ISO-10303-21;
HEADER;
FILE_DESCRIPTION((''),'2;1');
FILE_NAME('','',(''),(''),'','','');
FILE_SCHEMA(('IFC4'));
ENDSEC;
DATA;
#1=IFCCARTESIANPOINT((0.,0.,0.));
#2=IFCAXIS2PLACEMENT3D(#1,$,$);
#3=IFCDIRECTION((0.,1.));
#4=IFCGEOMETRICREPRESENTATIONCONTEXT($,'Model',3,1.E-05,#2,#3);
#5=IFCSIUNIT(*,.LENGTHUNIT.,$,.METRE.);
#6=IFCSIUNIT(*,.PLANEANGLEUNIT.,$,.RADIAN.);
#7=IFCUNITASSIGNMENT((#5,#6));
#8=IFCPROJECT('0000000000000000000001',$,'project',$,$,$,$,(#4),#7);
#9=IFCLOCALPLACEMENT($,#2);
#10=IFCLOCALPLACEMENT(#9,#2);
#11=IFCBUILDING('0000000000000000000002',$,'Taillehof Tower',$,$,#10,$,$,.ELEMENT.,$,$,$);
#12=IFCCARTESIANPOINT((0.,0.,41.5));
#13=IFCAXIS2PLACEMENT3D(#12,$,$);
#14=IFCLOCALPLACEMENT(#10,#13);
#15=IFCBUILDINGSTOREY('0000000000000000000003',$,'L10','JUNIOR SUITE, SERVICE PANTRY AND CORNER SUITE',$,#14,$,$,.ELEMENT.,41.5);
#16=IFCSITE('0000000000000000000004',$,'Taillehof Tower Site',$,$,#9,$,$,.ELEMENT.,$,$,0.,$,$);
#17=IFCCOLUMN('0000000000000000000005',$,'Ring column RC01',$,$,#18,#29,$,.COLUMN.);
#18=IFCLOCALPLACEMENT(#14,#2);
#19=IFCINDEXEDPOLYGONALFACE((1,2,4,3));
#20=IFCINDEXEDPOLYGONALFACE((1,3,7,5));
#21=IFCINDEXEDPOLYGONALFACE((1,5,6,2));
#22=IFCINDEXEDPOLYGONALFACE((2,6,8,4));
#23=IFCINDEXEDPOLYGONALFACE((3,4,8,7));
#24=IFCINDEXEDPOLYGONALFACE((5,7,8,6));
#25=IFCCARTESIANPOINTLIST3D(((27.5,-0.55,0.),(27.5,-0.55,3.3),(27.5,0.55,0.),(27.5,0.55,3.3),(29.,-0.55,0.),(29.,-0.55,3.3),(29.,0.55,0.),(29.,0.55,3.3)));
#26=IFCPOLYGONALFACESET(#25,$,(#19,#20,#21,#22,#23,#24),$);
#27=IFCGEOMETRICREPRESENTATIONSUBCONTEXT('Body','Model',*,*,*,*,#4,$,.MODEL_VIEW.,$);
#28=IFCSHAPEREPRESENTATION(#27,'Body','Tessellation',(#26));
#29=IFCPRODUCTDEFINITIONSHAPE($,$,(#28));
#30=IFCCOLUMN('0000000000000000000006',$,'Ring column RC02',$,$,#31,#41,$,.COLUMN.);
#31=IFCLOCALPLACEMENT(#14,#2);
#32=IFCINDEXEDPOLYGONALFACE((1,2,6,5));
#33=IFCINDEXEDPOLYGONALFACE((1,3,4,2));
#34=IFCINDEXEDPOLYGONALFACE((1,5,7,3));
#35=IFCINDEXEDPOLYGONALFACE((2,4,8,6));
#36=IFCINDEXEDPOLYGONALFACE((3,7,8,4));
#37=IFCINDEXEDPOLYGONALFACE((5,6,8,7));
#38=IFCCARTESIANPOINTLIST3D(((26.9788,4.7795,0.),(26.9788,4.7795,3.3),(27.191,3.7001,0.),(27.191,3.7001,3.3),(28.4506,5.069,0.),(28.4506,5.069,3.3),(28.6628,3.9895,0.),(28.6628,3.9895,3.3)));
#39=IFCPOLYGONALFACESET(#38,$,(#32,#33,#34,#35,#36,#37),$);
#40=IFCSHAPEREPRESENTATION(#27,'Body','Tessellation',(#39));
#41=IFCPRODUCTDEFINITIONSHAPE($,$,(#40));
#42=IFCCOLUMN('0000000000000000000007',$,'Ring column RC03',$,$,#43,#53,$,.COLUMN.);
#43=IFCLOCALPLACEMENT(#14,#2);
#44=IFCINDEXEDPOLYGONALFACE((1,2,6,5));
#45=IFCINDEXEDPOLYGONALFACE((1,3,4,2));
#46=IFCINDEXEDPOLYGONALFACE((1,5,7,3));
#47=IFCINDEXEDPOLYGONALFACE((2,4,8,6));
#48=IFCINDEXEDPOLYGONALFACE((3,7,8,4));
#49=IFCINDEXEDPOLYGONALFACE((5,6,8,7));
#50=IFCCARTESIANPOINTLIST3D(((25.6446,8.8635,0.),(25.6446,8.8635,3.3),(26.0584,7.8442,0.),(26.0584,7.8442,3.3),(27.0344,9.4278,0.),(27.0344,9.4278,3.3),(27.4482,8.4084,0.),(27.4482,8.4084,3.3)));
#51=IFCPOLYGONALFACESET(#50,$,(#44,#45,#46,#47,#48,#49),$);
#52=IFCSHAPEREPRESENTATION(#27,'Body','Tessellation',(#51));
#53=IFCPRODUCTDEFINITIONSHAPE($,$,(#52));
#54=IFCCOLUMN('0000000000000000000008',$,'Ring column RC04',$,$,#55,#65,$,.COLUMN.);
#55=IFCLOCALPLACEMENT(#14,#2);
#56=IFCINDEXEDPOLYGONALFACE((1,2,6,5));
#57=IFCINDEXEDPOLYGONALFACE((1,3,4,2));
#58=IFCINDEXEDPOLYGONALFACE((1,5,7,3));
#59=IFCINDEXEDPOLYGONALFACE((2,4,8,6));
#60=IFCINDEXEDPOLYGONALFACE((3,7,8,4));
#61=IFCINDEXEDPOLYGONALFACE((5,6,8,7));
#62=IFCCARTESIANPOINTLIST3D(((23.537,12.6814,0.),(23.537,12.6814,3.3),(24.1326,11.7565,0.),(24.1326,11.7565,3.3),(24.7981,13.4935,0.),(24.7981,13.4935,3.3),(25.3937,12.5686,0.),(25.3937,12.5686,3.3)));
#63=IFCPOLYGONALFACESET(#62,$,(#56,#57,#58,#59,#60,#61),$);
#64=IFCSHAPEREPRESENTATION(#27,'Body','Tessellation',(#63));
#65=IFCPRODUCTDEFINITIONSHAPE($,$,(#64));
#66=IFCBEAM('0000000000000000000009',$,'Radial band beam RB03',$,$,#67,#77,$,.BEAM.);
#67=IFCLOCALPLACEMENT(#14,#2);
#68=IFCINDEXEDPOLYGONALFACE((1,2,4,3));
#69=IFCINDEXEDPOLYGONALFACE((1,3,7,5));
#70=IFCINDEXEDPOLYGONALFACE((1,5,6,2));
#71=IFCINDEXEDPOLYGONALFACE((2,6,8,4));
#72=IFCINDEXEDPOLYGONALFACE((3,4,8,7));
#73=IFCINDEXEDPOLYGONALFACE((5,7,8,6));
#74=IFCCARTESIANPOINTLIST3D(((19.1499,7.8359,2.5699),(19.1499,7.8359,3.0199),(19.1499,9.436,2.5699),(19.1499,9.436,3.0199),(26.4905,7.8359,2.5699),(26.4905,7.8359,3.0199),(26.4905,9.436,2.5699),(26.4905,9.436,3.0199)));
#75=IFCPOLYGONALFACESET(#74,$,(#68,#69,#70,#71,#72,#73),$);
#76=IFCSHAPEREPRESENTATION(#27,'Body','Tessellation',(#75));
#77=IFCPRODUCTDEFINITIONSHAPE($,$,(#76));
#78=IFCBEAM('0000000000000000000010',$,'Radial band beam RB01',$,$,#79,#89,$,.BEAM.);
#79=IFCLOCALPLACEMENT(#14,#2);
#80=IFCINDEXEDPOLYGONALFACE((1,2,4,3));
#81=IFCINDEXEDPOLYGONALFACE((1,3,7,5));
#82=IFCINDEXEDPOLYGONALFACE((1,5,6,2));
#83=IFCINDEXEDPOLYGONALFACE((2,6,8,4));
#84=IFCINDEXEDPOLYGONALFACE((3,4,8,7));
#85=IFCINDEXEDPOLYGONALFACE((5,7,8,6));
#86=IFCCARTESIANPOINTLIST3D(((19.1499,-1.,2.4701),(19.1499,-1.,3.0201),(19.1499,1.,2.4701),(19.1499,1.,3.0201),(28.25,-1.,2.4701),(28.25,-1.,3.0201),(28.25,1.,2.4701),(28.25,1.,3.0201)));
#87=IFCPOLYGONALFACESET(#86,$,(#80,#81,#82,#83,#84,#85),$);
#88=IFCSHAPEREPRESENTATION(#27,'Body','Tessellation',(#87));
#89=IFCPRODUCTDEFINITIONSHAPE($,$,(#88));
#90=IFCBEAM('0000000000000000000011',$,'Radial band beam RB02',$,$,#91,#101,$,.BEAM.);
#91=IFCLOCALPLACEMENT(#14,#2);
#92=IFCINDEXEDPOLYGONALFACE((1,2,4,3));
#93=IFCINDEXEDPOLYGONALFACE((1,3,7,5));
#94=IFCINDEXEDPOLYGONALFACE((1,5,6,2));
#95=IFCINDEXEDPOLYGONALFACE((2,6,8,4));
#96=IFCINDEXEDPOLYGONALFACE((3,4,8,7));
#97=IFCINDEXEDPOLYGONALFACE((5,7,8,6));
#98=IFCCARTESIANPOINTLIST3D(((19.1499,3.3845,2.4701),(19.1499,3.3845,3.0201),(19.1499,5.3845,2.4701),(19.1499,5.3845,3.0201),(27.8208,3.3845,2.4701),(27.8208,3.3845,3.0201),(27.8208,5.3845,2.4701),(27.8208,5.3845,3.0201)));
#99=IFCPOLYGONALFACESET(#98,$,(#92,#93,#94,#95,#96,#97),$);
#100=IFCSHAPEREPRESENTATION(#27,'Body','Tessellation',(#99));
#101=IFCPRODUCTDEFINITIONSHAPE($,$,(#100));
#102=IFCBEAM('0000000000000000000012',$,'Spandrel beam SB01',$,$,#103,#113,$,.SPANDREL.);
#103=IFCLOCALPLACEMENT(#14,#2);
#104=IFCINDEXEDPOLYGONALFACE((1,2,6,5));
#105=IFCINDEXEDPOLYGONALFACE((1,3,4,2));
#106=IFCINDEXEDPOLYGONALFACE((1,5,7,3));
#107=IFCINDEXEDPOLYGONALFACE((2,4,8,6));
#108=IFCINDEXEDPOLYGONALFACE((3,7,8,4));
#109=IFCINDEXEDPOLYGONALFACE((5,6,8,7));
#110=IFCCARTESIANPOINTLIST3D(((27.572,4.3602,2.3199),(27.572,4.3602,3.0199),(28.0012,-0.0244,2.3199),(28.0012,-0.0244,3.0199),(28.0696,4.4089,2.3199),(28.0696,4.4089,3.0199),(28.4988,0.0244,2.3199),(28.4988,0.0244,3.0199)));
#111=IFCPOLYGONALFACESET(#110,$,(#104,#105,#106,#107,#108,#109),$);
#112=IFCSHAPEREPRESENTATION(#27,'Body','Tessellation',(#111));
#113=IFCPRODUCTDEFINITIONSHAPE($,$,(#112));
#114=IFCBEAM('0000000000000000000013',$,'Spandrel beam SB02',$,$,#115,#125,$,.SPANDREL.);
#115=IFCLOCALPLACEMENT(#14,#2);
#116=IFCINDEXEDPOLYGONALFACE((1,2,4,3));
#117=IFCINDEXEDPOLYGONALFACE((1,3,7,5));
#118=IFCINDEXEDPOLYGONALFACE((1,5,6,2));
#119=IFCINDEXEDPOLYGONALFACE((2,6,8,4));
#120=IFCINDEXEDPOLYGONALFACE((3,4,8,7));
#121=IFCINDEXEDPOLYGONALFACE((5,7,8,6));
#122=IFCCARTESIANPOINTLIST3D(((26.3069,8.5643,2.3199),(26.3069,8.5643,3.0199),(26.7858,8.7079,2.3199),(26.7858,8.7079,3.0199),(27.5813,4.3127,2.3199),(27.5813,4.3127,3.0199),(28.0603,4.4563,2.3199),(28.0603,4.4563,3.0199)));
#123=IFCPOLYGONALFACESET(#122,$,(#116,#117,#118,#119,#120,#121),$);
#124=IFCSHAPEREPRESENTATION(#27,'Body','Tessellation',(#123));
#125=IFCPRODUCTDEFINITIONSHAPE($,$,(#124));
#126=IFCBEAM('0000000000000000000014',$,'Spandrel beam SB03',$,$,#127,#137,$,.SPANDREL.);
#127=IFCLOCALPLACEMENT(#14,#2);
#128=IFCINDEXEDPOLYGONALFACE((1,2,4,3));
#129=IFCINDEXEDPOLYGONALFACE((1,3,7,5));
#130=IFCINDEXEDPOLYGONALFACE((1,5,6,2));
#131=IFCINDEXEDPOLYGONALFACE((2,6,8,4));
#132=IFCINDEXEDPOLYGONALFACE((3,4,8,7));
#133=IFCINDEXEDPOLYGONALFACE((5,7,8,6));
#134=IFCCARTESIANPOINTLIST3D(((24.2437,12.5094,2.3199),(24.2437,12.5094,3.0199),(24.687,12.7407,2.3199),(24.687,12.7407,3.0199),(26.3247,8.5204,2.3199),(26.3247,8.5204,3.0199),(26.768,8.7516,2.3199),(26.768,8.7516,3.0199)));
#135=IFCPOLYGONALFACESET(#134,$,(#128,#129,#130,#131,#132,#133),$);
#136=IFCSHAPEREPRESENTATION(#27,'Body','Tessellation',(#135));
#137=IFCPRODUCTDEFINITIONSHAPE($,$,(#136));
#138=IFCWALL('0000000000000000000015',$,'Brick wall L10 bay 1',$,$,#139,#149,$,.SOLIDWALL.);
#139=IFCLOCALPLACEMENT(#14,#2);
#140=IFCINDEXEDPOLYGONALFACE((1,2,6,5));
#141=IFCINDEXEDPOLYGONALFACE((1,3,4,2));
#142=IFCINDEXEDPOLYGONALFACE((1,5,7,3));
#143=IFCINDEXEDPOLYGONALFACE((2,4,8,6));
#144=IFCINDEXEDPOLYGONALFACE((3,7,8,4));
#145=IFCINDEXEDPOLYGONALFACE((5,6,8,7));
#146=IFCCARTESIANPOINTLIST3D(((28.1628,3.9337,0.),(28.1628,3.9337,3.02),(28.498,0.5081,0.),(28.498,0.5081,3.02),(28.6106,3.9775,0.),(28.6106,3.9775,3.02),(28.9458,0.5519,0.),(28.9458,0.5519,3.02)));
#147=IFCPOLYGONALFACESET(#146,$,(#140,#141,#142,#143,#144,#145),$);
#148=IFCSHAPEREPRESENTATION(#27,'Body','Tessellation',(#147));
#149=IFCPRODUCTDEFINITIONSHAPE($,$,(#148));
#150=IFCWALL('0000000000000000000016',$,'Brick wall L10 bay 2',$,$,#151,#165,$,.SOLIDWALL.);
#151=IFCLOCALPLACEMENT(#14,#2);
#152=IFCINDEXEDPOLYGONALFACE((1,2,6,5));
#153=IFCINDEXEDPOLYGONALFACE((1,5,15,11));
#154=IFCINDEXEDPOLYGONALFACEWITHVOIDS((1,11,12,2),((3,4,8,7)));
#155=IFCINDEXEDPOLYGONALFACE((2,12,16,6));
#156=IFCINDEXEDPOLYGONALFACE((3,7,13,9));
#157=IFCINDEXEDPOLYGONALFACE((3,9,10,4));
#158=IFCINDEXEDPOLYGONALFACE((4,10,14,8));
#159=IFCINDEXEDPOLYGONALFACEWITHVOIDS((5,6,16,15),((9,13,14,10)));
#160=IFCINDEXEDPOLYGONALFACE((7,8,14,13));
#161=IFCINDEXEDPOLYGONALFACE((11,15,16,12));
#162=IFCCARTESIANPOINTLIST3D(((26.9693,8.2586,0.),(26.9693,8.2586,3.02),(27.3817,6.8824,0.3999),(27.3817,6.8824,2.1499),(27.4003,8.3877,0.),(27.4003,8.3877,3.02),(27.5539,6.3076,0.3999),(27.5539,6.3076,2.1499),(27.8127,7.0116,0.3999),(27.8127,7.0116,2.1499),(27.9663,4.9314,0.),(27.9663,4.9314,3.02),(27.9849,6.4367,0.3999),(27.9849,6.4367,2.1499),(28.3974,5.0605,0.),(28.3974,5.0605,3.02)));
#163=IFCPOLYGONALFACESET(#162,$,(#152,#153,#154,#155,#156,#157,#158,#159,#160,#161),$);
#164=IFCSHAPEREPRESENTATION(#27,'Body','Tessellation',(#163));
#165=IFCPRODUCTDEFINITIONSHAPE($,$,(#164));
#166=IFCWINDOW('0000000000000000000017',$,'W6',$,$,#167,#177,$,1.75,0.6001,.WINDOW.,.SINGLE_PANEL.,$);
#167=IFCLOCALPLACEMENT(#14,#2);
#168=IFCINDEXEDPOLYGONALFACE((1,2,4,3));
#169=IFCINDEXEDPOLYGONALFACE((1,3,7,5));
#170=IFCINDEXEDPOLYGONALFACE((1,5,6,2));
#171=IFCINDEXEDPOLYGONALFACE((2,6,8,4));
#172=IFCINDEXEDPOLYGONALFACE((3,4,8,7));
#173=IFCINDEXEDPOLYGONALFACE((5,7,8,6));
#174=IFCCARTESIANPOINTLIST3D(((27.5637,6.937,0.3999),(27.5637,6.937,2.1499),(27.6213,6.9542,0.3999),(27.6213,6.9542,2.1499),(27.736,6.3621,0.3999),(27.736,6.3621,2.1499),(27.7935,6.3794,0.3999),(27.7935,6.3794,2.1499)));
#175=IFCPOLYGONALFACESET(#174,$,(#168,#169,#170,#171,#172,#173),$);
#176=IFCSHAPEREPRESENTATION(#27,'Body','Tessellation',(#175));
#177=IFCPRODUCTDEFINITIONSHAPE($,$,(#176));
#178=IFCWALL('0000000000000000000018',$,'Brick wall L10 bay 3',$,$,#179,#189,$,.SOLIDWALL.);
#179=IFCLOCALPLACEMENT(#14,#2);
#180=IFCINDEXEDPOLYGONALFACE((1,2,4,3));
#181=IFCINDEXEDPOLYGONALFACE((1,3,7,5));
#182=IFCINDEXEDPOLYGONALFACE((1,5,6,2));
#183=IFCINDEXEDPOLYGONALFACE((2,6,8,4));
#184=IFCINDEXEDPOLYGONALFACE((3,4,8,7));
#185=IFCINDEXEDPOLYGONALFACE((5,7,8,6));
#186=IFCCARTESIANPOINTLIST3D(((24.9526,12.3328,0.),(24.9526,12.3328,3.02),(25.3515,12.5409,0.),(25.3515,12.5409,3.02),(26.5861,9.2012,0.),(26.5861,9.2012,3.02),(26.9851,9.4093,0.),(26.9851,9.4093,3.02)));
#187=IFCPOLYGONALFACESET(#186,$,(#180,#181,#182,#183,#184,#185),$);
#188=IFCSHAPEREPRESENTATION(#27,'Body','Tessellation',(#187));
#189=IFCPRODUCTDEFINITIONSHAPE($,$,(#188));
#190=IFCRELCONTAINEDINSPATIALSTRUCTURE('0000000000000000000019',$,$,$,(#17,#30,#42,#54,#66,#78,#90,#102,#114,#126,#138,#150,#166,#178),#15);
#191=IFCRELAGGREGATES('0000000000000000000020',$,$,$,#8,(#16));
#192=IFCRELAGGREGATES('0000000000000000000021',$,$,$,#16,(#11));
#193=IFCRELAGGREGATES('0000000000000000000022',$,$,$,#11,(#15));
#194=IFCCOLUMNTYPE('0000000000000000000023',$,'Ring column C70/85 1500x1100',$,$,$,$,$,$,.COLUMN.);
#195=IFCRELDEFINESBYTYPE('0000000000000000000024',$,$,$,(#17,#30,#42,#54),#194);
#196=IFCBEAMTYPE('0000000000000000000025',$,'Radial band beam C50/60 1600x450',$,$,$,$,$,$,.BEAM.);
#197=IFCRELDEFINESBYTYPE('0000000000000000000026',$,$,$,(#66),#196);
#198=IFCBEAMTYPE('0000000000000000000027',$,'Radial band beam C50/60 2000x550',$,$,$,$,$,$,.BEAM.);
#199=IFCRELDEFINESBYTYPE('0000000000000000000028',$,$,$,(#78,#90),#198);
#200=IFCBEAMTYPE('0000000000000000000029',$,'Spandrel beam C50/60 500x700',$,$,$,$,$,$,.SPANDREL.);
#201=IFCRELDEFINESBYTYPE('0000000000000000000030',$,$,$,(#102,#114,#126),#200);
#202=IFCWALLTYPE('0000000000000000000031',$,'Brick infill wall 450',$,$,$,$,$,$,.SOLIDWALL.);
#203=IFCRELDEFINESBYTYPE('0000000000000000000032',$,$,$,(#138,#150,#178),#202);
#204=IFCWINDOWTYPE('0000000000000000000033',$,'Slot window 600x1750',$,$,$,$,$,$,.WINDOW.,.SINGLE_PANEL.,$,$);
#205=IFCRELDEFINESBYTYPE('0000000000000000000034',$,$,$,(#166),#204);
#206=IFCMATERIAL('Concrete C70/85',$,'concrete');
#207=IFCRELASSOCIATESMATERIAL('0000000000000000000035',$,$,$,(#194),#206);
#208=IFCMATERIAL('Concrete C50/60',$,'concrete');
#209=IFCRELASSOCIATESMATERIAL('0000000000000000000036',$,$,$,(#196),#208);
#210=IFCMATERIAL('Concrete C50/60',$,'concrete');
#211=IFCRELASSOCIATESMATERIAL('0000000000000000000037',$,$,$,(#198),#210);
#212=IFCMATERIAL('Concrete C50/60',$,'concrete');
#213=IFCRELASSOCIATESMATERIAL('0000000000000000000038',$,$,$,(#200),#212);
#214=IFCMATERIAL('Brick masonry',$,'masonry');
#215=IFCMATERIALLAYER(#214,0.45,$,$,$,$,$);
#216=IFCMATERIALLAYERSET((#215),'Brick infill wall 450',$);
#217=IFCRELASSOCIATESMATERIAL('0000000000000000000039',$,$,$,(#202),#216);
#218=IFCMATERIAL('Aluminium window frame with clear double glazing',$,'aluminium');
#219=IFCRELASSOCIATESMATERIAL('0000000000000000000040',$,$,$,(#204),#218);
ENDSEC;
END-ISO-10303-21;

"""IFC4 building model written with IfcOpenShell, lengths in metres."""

from ifc_helpers import new_model, si_unit, direction, frame, frame_2d, origin, origin_2d, place, context, subcontext, project, spatial, rectangle, extrude, material, layer, layer_set, material_profile, profile_set, type_object, element, fill, save


model = new_model("IFC4")

# Units and contexts
model_context = context("Model", 3, precision=1e-05, world=origin(), true_north=direction((0.0, 1.0)))
body_context = subcontext(model_context, "Body", "Model", "MODEL_VIEW")
ifc_project = project(units=[si_unit("LENGTHUNIT", "METRE"), si_unit("PLANEANGLEUNIT", "RADIAN")], contexts=[model_context])

# Site, building, storey
site_placement = place(None, origin())
site = spatial("IfcSite", under=ifc_project, at=site_placement, Name="Taillehof Tower Site", CompositionType="ELEMENT", RefElevation=0.0)
building_placement = place(site_placement, origin())
building = spatial("IfcBuilding", under=site, at=building_placement, Name="Taillehof Tower", CompositionType="ELEMENT")
storey_placement = place(building_placement, frame((0.0, 0.0, 41.5)))
storey = spatial("IfcBuildingStorey", under=building, at=storey_placement, Name="L10", Description="JUNIOR SUITE, SERVICE PANTRY AND CORNER SUITE", CompositionType="ELEMENT", Elevation=41.5)

# Columns
ifc_material_1 = material(Name="Concrete C70/85", Category="concrete")
ifc_material_profile_1 = material_profile(ifc_material_1, rectangle(XDim=1.5, YDim=1.1001, at=origin_2d()), Name="RC 1500x1100")
ifc_profile_set_1 = profile_set([ifc_material_profile_1], Name="Concrete C70/85")
column_type = type_object("IfcColumnType", Name="Ring column C70/85 1500x1100", PredefinedType="COLUMN", material=ifc_profile_set_1)
for number, where, z_axis, x_axis, name in (
    (1, (28.25, 0.0, 0.0), (0.0, 0.0, 1.0), (1.0, 0.0, 0.0), "Ring column RC01"),
    (2, (27.8208, 4.3845, 0.0), (0.0, 0.0, 1.0), (0.981204, 0.192976, 0.0), "Ring column RC02"),
    (3, (26.5464, 8.636, 0.0), (0.0, 0.0, 1.0), (0.926558, 0.376152, 0.0), "Ring column RC03"),
    (4, (24.4653, 12.625, 0.0), (0.0, 0.0, 1.0), (0.840754, 0.541418, 0.0), "Ring column RC04"),
):
    element("IfcColumn", number, at=place(storey_placement, frame(where, z_axis=z_axis, x_axis=x_axis)), inside=storey, type_object=column_type, Name=name, PredefinedType="COLUMN", context=body_context, shape_type="SweptSolid", body=[
        extrude(rectangle(XDim=1.5, YDim=1.1001, at=origin_2d()), origin(), (0.0, 0.0, 1.0), 3.3),
    ])

# Beams
ifc_material_2 = material(Name="Concrete C50/60", Category="concrete")
ifc_material_profile_2 = material_profile(ifc_material_2, rectangle(XDim=1.6001, YDim=0.45, at=origin_2d()), Name="RC 1600x450")
ifc_profile_set_2 = profile_set([ifc_material_profile_2], Name="Concrete C50/60")
beam_type_1 = type_object("IfcBeamType", Name="Radial band beam C50/60 1600x450", PredefinedType="BEAM", material=ifc_profile_set_2)
beam_1_placement = place(storey_placement, frame((26.4905, 8.636, 2.7949), z_axis=(-1.0, 0.0, 0.0), x_axis=(0.0, -1.0, 0.0)))
element("IfcBeam", 5, at=beam_1_placement, inside=storey, type_object=beam_type_1, Name="Radial band beam RB03", PredefinedType="BEAM", context=body_context, shape_type="SweptSolid", body=[
    extrude(rectangle(XDim=1.6001, YDim=0.45, at=origin_2d()), origin(), (0.0, 0.0, 1.0), 7.3406),
])
ifc_material_3 = material(Name="Concrete C50/60", Category="concrete")
ifc_material_profile_3 = material_profile(ifc_material_3, rectangle(XDim=2.0, YDim=0.55, at=origin_2d()), Name="RC 2000x550")
ifc_profile_set_3 = profile_set([ifc_material_profile_3], Name="Concrete C50/60")
beam_type_2 = type_object("IfcBeamType", Name="Radial band beam C50/60 2000x550", PredefinedType="BEAM", material=ifc_profile_set_3)
beam_2_placement = place(storey_placement, frame((28.25, 0.0, 2.7451), z_axis=(-1.0, 0.0, 0.0), x_axis=(0.0, -1.0, 0.0)))
element("IfcBeam", 6, at=beam_2_placement, inside=storey, type_object=beam_type_2, Name="Radial band beam RB01", PredefinedType="BEAM", context=body_context, shape_type="SweptSolid", body=[
    extrude(rectangle(XDim=2.0, YDim=0.55, at=origin_2d()), origin(), (0.0, 0.0, 1.0), 9.1001),
])
beam_3_placement = place(storey_placement, frame((27.8208, 4.3845, 2.7451), z_axis=(-1.0, 0.0, 0.0), x_axis=(0.0, -1.0, 0.0)))
element("IfcBeam", 7, at=beam_3_placement, inside=storey, type_object=beam_type_2, Name="Radial band beam RB02", PredefinedType="BEAM", context=body_context, shape_type="SweptSolid", body=[
    extrude(rectangle(XDim=2.0, YDim=0.55, at=origin_2d()), origin(), (0.0, 0.0, 1.0), 8.6709),
])
ifc_material_4 = material(Name="Concrete C50/60", Category="concrete")
ifc_material_profile_4 = material_profile(ifc_material_4, rectangle(XDim=0.5, YDim=0.7, at=origin_2d()), Name="RC 500x700")
ifc_profile_set_4 = profile_set([ifc_material_profile_4], Name="Concrete C50/60")
beam_type_3 = type_object("IfcBeamType", Name="Spandrel beam C50/60 500x700", PredefinedType="SPANDREL", material=ifc_profile_set_4)
beam_4_placement = place(storey_placement, frame((28.25, 0.0, 2.6699), z_axis=(-0.097424, 0.995243, 0.0), x_axis=(-0.995243, -0.097424, 0.0)))
element("IfcBeam", 8, at=beam_4_placement, inside=storey, type_object=beam_type_3, Name="Spandrel beam SB01", PredefinedType="SPANDREL", context=body_context, shape_type="SweptSolid", body=[
    extrude(rectangle(XDim=0.5, YDim=0.7, at=origin_2d()), origin(), (0.0, 0.0, 1.0), 4.4055),
])
beam_5_placement = place(storey_placement, frame((27.8208, 4.3845, 2.6699), z_axis=(-0.287136, 0.95789, 0.0), x_axis=(-0.95789, -0.287136, 0.0)))
element("IfcBeam", 9, at=beam_5_placement, inside=storey, type_object=beam_type_3, Name="Spandrel beam SB02", PredefinedType="SPANDREL", context=body_context, shape_type="SweptSolid", body=[
    extrude(rectangle(XDim=0.5, YDim=0.7, at=origin_2d()), origin(), (0.0, 0.0, 1.0), 4.4385),
])
beam_6_placement = place(storey_placement, frame((26.5464, 8.636, 2.6699), z_axis=(-0.462536, 0.8866, 0.0), x_axis=(-0.8866, -0.462536, 0.0)))
element("IfcBeam", 10, at=beam_6_placement, inside=storey, type_object=beam_type_3, Name="Spandrel beam SB03", PredefinedType="SPANDREL", context=body_context, shape_type="SweptSolid", body=[
    extrude(rectangle(XDim=0.5, YDim=0.7, at=origin_2d()), origin(), (0.0, 0.0, 1.0), 4.4993),
])

# Wall
ifc_material_5 = material(Name="Brick masonry", Category="masonry")
ifc_layer_1 = layer(ifc_material_5, 0.45)
ifc_layer_set_1 = layer_set([ifc_layer_1], Name="Brick infill wall 450")
wall_type_1 = type_object("IfcWallType", Name="Brick infill wall 450", PredefinedType="SOLIDWALL", material=ifc_layer_set_1)
wall_1_placement = place(storey_placement, frame((28.7219, 0.53, 0.0), z_axis=(0.0, 0.0, 1.0), x_axis=(-0.09739, 0.995246, 0.0)))
element("IfcWall", 11, at=wall_1_placement, inside=storey, type_object=wall_type_1, Name="Brick wall L10 bay 1", PredefinedType="SOLIDWALL", context=body_context, shape_type="SweptSolid", body=[
    extrude(rectangle(XDim=3.4419, YDim=0.45, at=frame_2d((1.7209, 0.0))), origin(), (0.0, 0.0, 1.0), 3.02),
])

# Wall, opening, window
wall_2_placement = place(storey_placement, frame((28.1819, 4.9958, 0.0), z_axis=(0.0, 0.0, 1.0), x_axis=(-0.287064, 0.957911, 0.0)))
wall_2 = element("IfcWall", 12, at=wall_2_placement, inside=storey, type_object=wall_type_1, Name="Brick wall L10 bay 2", PredefinedType="SOLIDWALL", context=body_context, shape_type="SweptSolid", body=[
    extrude(rectangle(XDim=3.4734, YDim=0.45, at=frame_2d((1.7368, 0.0))), origin(), (0.0, 0.0, 1.0), 3.02),
])
opening_1_placement = place(wall_2_placement, frame((1.4368, 0.0, 0.3999)))
opening_1 = element("IfcOpeningElement", 13, at=opening_1_placement, cuts=wall_2, PredefinedType="OPENING", context=body_context, shape_type="SweptSolid", body=[
    extrude(rectangle(XDim=0.6001, YDim=1.75, at=frame_2d((0.3, 0.875))), frame((0.0, 0.2349, 0.0), z_axis=(0.0, -1.0, 0.0), x_axis=(1.0, 0.0, 0.0)), (0.0, 0.0, 1.0), 0.47),
])
ifc_material_6 = material(Name="Aluminium window frame with clear double glazing", Category="aluminium")
window_type = type_object("IfcWindowType", Name="Slot window 600x1750", PartitioningType="SINGLE_PANEL", PredefinedType="WINDOW", material=ifc_material_6)
window_placement = place(opening_1_placement, origin())
window = element("IfcWindow", 14, at=window_placement, inside=storey, type_object=window_type, Name="W6", OverallHeight=1.75, OverallWidth=0.6001, PartitioningType="SINGLE_PANEL", PredefinedType="WINDOW", context=body_context, shape_type="SweptSolid", body=[
    extrude(rectangle(XDim=0.6001, YDim=1.75, at=frame_2d((0.3, 0.875))), frame((0.0, 0.0349, 0.0), z_axis=(0.0, -1.0, 0.0), x_axis=(1.0, 0.0, 0.0)), (0.0, 0.0, 1.0), 0.0601),
])
fill(opening_1, window)

# Wall
wall_3_placement = place(storey_placement, frame((26.7856, 9.3052, 0.0), z_axis=(0.0, 0.0, 1.0), x_axis=(-0.462493, 0.886623, 0.0)))
element("IfcWall", 15, at=wall_3_placement, inside=storey, type_object=wall_type_1, Name="Brick wall L10 bay 3", PredefinedType="SOLIDWALL", context=body_context, shape_type="SweptSolid", body=[
    extrude(rectangle(XDim=3.532, YDim=0.45, at=frame_2d((1.7661, 0.0))), origin(), (0.0, 0.0, 1.0), 3.02),
])

save(model, "model.ifc")
